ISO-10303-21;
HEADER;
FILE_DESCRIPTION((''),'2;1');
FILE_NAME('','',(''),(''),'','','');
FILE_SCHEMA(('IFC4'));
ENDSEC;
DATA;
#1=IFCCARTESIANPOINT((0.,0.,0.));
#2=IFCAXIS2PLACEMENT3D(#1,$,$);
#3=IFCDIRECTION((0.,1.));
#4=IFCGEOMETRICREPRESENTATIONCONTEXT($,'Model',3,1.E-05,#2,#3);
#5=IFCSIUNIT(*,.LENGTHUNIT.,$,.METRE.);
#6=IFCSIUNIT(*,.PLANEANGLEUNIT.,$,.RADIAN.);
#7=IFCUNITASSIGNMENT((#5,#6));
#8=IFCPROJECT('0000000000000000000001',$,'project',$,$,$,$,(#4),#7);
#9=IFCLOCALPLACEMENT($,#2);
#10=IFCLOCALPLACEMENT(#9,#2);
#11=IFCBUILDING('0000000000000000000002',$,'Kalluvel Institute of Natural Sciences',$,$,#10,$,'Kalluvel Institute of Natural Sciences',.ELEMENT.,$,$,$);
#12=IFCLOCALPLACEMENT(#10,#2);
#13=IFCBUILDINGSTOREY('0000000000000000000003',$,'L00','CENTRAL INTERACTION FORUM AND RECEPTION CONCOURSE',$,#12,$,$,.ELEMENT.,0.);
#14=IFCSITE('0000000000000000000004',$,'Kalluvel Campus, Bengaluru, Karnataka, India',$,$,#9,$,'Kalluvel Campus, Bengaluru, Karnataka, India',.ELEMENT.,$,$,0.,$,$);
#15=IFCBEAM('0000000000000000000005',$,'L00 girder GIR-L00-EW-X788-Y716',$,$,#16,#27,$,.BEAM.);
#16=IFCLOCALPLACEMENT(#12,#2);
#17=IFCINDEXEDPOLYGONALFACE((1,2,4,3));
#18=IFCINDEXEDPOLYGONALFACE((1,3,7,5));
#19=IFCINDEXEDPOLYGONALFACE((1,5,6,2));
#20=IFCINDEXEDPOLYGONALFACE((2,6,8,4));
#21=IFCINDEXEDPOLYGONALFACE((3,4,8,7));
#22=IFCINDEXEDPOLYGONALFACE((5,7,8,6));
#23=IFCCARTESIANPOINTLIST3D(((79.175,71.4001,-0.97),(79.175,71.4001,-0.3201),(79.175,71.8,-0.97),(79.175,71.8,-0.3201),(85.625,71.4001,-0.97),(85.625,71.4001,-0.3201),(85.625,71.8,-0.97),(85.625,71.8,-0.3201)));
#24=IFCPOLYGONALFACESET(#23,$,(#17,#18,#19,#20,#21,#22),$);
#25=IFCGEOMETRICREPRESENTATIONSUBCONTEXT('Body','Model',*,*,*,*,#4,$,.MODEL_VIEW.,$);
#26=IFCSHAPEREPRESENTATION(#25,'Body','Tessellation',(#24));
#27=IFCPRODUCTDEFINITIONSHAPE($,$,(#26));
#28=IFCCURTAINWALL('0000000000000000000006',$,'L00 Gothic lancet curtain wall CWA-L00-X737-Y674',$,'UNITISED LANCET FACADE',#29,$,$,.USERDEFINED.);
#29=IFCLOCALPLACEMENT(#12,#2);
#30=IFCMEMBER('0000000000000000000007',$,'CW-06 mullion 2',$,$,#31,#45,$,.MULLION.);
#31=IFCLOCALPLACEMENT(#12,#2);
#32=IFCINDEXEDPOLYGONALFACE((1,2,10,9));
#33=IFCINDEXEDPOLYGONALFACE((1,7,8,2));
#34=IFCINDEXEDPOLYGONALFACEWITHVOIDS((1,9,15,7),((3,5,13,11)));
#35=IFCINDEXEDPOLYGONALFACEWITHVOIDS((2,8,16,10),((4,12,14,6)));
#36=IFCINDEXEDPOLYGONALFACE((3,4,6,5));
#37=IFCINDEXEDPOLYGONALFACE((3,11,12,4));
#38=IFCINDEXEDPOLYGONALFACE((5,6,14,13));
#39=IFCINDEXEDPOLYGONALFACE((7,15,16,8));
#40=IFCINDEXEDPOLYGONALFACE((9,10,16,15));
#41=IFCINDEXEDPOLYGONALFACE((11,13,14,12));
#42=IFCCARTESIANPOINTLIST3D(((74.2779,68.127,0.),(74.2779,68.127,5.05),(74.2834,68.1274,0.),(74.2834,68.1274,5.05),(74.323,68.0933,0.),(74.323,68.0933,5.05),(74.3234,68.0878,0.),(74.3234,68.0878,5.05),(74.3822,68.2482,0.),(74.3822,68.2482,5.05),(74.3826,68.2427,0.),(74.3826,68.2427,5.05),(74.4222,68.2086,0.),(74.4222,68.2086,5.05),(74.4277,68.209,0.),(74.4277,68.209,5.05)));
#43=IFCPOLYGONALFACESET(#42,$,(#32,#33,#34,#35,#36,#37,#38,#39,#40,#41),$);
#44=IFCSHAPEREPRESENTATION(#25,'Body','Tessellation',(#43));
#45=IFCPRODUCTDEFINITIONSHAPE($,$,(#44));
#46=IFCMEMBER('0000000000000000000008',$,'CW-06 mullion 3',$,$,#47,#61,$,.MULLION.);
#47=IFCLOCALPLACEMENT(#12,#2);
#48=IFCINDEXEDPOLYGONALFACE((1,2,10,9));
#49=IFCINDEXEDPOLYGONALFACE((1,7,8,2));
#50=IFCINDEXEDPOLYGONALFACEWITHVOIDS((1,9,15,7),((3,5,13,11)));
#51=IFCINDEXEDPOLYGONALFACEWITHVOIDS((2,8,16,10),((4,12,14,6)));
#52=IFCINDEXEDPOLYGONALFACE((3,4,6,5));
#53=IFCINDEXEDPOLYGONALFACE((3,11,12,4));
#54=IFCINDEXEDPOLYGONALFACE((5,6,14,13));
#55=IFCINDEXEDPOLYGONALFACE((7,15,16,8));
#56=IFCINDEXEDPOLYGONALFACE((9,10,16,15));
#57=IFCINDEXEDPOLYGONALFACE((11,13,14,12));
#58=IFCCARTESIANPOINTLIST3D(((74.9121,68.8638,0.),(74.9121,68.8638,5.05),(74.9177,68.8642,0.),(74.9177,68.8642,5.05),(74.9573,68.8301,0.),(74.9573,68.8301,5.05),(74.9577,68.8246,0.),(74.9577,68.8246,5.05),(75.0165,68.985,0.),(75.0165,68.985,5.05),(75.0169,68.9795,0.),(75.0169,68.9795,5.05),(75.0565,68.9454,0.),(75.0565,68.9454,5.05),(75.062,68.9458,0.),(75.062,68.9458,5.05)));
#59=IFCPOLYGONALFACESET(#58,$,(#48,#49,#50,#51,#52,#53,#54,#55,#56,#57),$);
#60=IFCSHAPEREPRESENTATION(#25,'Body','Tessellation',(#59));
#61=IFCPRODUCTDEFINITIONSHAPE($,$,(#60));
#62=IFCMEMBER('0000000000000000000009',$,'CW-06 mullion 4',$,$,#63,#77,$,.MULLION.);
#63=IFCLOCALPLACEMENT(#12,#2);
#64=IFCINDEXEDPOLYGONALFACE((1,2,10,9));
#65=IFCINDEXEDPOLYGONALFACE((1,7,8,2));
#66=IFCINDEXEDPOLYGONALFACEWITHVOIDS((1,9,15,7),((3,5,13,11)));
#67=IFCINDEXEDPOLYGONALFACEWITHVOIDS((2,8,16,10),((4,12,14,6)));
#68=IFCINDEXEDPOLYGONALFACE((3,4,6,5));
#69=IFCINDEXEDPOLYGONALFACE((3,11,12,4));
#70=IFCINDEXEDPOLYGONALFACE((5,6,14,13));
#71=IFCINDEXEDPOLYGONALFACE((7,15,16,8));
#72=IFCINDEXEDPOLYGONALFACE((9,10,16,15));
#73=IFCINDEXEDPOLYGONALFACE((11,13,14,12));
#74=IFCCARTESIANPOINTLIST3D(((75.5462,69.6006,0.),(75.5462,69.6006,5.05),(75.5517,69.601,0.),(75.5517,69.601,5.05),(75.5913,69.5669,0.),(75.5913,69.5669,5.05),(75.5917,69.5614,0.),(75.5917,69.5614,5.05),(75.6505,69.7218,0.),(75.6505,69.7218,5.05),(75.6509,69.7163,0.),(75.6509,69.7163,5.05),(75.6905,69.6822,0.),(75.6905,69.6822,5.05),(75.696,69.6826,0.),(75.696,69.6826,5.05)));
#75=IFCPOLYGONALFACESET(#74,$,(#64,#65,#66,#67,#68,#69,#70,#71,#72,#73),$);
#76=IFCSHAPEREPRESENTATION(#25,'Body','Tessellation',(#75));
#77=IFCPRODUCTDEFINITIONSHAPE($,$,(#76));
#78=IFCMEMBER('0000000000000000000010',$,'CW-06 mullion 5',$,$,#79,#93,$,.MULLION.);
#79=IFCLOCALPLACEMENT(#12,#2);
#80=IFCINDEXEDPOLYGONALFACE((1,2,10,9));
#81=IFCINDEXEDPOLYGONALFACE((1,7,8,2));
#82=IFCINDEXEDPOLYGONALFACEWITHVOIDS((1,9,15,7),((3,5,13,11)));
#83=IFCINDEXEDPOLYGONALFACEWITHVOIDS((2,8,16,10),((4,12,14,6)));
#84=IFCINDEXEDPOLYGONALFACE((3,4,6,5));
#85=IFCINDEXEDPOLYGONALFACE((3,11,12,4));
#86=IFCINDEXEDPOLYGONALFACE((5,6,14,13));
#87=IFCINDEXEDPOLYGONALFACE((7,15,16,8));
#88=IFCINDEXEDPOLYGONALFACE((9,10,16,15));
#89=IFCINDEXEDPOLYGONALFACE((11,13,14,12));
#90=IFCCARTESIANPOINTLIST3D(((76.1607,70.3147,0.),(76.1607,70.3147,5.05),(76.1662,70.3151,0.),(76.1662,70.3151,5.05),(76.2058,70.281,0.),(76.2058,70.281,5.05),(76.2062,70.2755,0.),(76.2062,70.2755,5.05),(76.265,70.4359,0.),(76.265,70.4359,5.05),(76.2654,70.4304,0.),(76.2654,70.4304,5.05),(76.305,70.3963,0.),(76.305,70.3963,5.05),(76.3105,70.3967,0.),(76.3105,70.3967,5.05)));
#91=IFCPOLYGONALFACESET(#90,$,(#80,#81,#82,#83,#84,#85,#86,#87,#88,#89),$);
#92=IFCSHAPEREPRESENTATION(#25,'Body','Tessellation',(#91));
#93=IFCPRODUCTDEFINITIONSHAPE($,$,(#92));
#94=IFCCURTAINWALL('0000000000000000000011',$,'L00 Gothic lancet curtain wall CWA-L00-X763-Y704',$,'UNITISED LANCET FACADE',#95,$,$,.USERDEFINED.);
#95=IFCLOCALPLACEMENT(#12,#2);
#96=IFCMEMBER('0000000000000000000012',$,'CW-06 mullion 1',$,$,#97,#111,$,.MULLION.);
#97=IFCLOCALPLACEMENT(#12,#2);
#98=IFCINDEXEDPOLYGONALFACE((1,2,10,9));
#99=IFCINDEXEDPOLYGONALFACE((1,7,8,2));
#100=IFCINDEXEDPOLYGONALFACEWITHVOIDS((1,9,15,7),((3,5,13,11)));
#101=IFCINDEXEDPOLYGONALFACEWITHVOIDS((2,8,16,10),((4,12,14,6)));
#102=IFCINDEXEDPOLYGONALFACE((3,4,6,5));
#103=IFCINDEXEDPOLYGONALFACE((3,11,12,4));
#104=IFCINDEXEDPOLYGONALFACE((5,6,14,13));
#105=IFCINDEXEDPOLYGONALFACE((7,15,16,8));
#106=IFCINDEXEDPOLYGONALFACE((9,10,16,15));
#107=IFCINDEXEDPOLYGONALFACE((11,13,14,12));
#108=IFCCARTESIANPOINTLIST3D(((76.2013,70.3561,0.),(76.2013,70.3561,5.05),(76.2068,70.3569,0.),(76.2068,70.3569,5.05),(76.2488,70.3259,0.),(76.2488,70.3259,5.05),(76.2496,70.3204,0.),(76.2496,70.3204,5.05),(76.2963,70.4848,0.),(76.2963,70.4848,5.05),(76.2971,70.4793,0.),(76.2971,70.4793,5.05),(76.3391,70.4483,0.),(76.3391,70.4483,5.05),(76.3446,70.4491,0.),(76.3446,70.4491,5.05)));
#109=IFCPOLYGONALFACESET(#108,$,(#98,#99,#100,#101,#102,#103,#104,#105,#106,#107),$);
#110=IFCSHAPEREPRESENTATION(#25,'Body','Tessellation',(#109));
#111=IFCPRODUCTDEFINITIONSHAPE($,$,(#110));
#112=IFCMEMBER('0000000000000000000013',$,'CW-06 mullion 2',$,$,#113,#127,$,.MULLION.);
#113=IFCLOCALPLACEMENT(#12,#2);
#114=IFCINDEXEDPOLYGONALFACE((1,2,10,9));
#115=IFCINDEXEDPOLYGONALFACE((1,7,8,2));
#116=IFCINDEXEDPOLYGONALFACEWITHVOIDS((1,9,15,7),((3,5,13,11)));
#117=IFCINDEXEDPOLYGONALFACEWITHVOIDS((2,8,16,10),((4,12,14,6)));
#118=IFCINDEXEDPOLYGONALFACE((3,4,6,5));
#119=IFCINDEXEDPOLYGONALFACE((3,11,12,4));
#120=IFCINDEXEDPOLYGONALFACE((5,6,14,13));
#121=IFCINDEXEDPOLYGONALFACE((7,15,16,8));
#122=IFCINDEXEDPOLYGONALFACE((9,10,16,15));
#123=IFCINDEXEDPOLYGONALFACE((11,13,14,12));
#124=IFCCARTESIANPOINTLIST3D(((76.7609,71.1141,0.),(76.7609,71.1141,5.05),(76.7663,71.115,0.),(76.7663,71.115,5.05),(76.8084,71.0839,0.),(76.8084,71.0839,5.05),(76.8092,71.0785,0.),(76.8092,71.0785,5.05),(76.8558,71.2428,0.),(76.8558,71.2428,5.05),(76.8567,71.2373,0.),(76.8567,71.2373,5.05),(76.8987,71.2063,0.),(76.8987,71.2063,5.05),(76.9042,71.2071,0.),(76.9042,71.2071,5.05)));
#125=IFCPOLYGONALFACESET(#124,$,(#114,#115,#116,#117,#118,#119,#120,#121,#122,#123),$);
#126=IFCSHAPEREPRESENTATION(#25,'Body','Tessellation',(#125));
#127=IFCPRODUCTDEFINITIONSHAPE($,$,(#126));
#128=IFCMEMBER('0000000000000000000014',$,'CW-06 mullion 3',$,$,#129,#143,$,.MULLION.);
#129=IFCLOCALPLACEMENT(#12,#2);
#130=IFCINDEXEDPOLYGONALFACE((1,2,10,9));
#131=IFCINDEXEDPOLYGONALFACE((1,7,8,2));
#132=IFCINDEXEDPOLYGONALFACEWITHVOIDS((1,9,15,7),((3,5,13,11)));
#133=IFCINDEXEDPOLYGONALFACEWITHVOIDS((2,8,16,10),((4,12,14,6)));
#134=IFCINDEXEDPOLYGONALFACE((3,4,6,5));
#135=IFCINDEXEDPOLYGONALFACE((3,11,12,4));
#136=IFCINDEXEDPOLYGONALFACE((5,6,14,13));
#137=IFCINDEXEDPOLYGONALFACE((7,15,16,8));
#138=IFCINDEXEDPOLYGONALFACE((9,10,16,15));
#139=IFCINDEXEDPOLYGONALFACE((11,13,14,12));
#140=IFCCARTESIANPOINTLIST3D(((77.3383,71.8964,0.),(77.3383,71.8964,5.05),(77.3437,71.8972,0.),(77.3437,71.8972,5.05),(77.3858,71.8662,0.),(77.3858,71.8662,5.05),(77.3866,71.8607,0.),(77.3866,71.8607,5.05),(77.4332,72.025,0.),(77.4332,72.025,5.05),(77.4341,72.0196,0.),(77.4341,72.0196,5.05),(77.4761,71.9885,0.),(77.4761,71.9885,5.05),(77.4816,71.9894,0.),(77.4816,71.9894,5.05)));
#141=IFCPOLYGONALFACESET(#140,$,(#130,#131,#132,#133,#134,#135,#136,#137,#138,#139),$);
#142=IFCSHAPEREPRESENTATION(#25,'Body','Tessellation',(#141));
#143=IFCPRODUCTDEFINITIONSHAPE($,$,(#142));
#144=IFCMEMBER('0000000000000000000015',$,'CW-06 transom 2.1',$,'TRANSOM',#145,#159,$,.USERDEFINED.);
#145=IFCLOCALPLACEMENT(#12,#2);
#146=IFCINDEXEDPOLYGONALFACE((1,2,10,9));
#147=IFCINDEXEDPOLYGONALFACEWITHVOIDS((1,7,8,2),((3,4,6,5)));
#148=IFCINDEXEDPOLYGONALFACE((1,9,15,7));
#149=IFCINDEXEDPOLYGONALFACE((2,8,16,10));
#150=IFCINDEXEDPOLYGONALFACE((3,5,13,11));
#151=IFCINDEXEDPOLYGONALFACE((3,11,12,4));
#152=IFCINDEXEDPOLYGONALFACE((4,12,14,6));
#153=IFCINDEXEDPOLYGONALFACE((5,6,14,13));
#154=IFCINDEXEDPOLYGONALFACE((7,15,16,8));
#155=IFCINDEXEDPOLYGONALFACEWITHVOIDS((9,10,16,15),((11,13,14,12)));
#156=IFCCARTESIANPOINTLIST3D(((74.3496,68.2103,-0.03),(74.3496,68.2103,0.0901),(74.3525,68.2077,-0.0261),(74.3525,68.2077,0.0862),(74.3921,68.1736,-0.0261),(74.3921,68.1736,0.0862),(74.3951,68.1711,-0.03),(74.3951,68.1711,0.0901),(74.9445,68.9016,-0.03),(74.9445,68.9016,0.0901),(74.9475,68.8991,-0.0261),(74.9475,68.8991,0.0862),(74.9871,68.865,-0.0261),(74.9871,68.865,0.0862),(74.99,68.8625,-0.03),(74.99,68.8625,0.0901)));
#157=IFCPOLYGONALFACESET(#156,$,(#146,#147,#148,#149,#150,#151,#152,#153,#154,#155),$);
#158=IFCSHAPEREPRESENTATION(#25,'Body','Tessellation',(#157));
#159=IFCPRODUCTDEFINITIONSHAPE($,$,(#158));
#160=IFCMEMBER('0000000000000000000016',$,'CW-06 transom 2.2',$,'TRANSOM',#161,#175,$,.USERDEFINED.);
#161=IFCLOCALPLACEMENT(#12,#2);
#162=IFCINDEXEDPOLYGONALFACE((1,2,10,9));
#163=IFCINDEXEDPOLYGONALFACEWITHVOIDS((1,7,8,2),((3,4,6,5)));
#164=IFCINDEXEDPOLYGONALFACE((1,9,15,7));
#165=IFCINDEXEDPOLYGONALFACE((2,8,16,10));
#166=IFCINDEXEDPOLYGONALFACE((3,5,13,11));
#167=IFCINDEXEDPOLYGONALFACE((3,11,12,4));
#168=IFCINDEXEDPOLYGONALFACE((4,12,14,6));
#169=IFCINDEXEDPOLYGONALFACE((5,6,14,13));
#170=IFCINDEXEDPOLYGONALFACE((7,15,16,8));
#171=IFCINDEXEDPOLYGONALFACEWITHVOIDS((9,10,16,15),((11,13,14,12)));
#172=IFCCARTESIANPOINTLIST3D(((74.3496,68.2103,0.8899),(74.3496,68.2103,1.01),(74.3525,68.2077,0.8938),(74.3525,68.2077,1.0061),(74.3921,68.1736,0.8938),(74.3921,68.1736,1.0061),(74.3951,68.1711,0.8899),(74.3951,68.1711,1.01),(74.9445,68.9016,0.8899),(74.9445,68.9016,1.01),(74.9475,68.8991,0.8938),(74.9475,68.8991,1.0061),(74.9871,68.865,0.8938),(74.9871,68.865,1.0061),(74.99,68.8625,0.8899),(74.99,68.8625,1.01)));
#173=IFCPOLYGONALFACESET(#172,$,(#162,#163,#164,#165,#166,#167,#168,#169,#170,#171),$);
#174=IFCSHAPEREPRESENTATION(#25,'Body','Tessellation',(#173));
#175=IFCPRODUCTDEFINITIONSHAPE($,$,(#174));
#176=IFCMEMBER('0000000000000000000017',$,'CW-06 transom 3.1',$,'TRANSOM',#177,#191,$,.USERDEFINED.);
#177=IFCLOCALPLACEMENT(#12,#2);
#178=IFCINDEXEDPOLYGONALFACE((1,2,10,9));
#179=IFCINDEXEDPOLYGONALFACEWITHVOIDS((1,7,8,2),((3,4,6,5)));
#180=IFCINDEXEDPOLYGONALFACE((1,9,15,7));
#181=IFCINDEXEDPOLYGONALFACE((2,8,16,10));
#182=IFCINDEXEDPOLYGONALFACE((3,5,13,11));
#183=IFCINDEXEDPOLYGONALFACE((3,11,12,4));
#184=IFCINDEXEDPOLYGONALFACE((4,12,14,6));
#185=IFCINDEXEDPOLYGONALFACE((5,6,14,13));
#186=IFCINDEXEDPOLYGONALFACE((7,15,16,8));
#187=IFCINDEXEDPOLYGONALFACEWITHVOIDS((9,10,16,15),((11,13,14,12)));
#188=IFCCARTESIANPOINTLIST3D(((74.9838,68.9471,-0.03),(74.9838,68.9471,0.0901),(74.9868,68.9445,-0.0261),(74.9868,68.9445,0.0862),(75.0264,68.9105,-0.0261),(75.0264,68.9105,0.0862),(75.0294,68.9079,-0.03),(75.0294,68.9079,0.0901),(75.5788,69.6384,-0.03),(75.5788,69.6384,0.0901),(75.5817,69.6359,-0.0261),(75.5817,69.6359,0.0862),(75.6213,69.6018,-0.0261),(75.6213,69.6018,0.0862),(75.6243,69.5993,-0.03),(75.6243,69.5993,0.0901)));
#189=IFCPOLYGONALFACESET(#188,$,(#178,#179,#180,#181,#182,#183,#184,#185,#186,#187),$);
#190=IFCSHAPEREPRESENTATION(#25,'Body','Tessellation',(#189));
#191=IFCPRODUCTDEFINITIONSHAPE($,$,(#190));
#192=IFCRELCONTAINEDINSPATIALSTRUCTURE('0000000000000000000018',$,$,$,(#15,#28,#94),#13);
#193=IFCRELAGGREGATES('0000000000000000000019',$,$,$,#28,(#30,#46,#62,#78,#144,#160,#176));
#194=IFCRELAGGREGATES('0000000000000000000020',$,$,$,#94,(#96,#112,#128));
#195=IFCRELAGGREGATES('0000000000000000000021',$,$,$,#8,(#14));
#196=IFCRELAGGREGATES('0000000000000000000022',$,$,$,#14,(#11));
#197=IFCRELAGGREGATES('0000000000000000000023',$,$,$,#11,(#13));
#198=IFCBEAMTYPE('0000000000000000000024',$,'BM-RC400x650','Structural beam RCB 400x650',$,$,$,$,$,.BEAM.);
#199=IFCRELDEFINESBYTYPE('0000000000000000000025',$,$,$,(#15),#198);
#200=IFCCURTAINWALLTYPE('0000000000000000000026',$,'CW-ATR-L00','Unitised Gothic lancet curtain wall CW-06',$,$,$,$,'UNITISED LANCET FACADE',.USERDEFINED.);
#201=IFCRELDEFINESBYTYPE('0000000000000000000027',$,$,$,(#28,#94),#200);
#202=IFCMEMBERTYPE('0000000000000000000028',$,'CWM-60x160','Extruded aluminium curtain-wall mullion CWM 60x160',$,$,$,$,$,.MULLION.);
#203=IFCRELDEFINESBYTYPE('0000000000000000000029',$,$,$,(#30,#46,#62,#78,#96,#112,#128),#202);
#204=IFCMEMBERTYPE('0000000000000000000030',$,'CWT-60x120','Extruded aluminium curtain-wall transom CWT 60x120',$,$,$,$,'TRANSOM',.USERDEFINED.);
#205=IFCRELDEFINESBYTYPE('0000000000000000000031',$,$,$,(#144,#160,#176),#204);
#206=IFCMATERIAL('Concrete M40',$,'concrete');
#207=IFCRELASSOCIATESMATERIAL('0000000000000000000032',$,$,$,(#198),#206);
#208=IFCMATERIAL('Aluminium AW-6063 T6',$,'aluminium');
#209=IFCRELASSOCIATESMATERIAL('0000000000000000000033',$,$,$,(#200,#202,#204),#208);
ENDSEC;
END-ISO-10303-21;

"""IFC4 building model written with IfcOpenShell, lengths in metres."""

from ifc_helpers import new_model, si_unit, direction, frame, origin, origin_2d, place, context, subcontext, project, spatial, rectangle, hollow_rectangle, extrude, material, material_profile, profile_set, type_object, element, aggregate, save


model = new_model("IFC4")

# Units and contexts
model_context = context("Model", 3, precision=1e-05, world=origin(), true_north=direction((0.0, 1.0)))
body_context = subcontext(model_context, "Body", "Model", "MODEL_VIEW")
ifc_project = project(units=[si_unit("LENGTHUNIT", "METRE"), si_unit("PLANEANGLEUNIT", "RADIAN")], contexts=[model_context])

# Site, building, storey
site_placement = place(None, origin())
site = spatial("IfcSite", under=ifc_project, at=site_placement, Name="Kalluvel Campus, Bengaluru, Karnataka, India", LongName="Kalluvel Campus, Bengaluru, Karnataka, India", CompositionType="ELEMENT", RefElevation=0.0)
building_placement = place(site_placement, origin())
building = spatial("IfcBuilding", under=site, at=building_placement, Name="Kalluvel Institute of Natural Sciences", LongName="Kalluvel Institute of Natural Sciences", CompositionType="ELEMENT")
storey_placement = place(building_placement, origin())
storey = spatial("IfcBuildingStorey", under=building, at=storey_placement, Name="L00", Description="CENTRAL INTERACTION FORUM AND RECEPTION CONCOURSE", CompositionType="ELEMENT", Elevation=0.0)

# Beam
ifc_material_1 = material(Name="Concrete M40", Category="concrete")
ifc_material_profile_1 = material_profile(ifc_material_1, rectangle(XDim=0.3999, YDim=0.6499, at=origin_2d()), Name="RCB 400x650")
ifc_profile_set_1 = profile_set([ifc_material_profile_1], Name="Concrete M40")
beam_type = type_object("IfcBeamType", Name="BM-RC400x650", Description="Structural beam RCB 400x650", PredefinedType="BEAM", material=ifc_profile_set_1)
beam_placement = place(storey_placement, frame((79.175, 71.6001, -0.645), z_axis=(1.0, 0.0, 0.0), x_axis=(0.0, 1.0, 0.0)))
element("IfcBeam", 1, at=beam_placement, inside=storey, type_object=beam_type, Name="L00 girder GIR-L00-EW-X788-Y716", PredefinedType="BEAM", context=body_context, shape_type="SweptSolid", body=[
    extrude(rectangle(XDim=0.3999, YDim=0.6499, at=origin_2d()), origin(), (0.0, 0.0, 1.0), 6.45),
])

# Curtain walls, members
ifc_material_2 = material(Name="Aluminium AW-6063 T6", Category="aluminium")
curtain_wall_type = type_object("IfcCurtainWallType", Name="CW-ATR-L00", Description="Unitised Gothic lancet curtain wall CW-06", ElementType="UNITISED LANCET FACADE", PredefinedType="USERDEFINED", material=ifc_material_2)
curtain_wall_1_placement = place(storey_placement, origin())
curtain_wall_1 = element("IfcCurtainWall", 2, at=curtain_wall_1_placement, inside=storey, type_object=curtain_wall_type, Name="L00 Gothic lancet curtain wall CWA-L00-X737-Y674", ObjectType="UNITISED LANCET FACADE", PredefinedType="USERDEFINED")
ifc_material_profile_2 = material_profile(ifc_material_2, hollow_rectangle(XDim=0.0601, YDim=0.1599, WallThickness=0.0039, at=origin_2d()), Name="CWM 60x160")
ifc_profile_set_2 = profile_set([ifc_material_profile_2], Name="Aluminium AW-6063 T6")
member_type_1 = type_object("IfcMemberType", Name="CWM-60x160", Description="Extruded aluminium curtain-wall mullion CWM 60x160", PredefinedType="MULLION", material=ifc_profile_set_2)
member_1_placement = place(storey_placement, frame((74.3528, 68.168, 0.0), z_axis=(0.0, 0.0, 1.0), x_axis=(-0.757975, 0.652283, 0.0)))
member_1 = element("IfcMember", 3, at=member_1_placement, type_object=member_type_1, Name="CW-06 mullion 2", PredefinedType="MULLION", context=body_context, shape_type="SweptSolid", body=[
    extrude(hollow_rectangle(XDim=0.0601, YDim=0.1599, WallThickness=0.0039, at=origin_2d()), origin(), (0.0, 0.0, 1.0), 5.05),
])
member_2_placement = place(storey_placement, frame((74.9871, 68.9048, 0.0), z_axis=(0.0, 0.0, 1.0), x_axis=(-0.757975, 0.652283, 0.0)))
member_2 = element("IfcMember", 4, at=member_2_placement, type_object=member_type_1, Name="CW-06 mullion 3", PredefinedType="MULLION", context=body_context, shape_type="SweptSolid", body=[
    extrude(hollow_rectangle(XDim=0.0601, YDim=0.1599, WallThickness=0.0039, at=origin_2d()), origin(), (0.0, 0.0, 1.0), 5.05),
])
member_3_placement = place(storey_placement, frame((75.6211, 69.6416, 0.0), z_axis=(0.0, 0.0, 1.0), x_axis=(-0.757975, 0.652283, 0.0)))
member_3 = element("IfcMember", 5, at=member_3_placement, type_object=member_type_1, Name="CW-06 mullion 4", PredefinedType="MULLION", context=body_context, shape_type="SweptSolid", body=[
    extrude(hollow_rectangle(XDim=0.0601, YDim=0.1599, WallThickness=0.0039, at=origin_2d()), origin(), (0.0, 0.0, 1.0), 5.05),
])
member_4_placement = place(storey_placement, frame((76.2356, 70.3557, 0.0), z_axis=(0.0, 0.0, 1.0), x_axis=(-0.757975, 0.652283, 0.0)))
member_4 = element("IfcMember", 6, at=member_4_placement, type_object=member_type_1, Name="CW-06 mullion 5", PredefinedType="MULLION", context=body_context, shape_type="SweptSolid", body=[
    extrude(hollow_rectangle(XDim=0.0601, YDim=0.1599, WallThickness=0.0039, at=origin_2d()), origin(), (0.0, 0.0, 1.0), 5.05),
])
curtain_wall_2_placement = place(storey_placement, origin())
curtain_wall_2 = element("IfcCurtainWall", 7, at=curtain_wall_2_placement, inside=storey, type_object=curtain_wall_type, Name="L00 Gothic lancet curtain wall CWA-L00-X763-Y704", ObjectType="UNITISED LANCET FACADE", PredefinedType="USERDEFINED")
member_5_placement = place(storey_placement, frame((76.2729, 70.4026, 0.0), z_axis=(0.0, 0.0, 1.0), x_axis=(-0.804602, 0.593815, 0.0)))
member_5 = element("IfcMember", 8, at=member_5_placement, type_object=member_type_1, Name="CW-06 mullion 1", PredefinedType="MULLION", context=body_context, shape_type="SweptSolid", body=[
    extrude(hollow_rectangle(XDim=0.0601, YDim=0.1599, WallThickness=0.0039, at=origin_2d()), origin(), (0.0, 0.0, 1.0), 5.05),
])
member_6_placement = place(storey_placement, frame((76.8325, 71.1606, 0.0), z_axis=(0.0, 0.0, 1.0), x_axis=(-0.804602, 0.593815, 0.0)))
member_6 = element("IfcMember", 9, at=member_6_placement, type_object=member_type_1, Name="CW-06 mullion 2", PredefinedType="MULLION", context=body_context, shape_type="SweptSolid", body=[
    extrude(hollow_rectangle(XDim=0.0601, YDim=0.1599, WallThickness=0.0039, at=origin_2d()), origin(), (0.0, 0.0, 1.0), 5.05),
])
member_7_placement = place(storey_placement, frame((77.4099, 71.9429, 0.0), z_axis=(0.0, 0.0, 1.0), x_axis=(-0.804602, 0.593815, 0.0)))
member_7 = element("IfcMember", 10, at=member_7_placement, type_object=member_type_1, Name="CW-06 mullion 3", PredefinedType="MULLION", context=body_context, shape_type="SweptSolid", body=[
    extrude(hollow_rectangle(XDim=0.0601, YDim=0.1599, WallThickness=0.0039, at=origin_2d()), origin(), (0.0, 0.0, 1.0), 5.05),
])

# Members
ifc_material_profile_3 = material_profile(ifc_material_2, hollow_rectangle(XDim=0.0601, YDim=0.1201, WallThickness=0.0039, at=origin_2d()), Name="CWT 60x120")
ifc_profile_set_3 = profile_set([ifc_material_profile_3], Name="Aluminium AW-6063 T6")
member_type_2 = type_object("IfcMemberType", Name="CWT-60x120", Description="Extruded aluminium curtain-wall transom CWT 60x120", ElementType="TRANSOM", PredefinedType="USERDEFINED", material=ifc_profile_set_3)
member_8_placement = place(storey_placement, frame((74.3723, 68.1907, 0.03), z_axis=(0.652267, 0.757989, 0.0), x_axis=(-0.757989, 0.652267, 0.0)))
member_8 = element("IfcMember", 11, at=member_8_placement, type_object=member_type_2, Name="CW-06 transom 2.1", ObjectType="TRANSOM", PredefinedType="USERDEFINED", context=body_context, shape_type="SweptSolid", body=[
    extrude(hollow_rectangle(XDim=0.0601, YDim=0.1201, WallThickness=0.0039, at=origin_2d()), origin(), (0.0, 0.0, 1.0), 0.9121),
])
member_9_placement = place(storey_placement, frame((74.3723, 68.1907, 0.95), z_axis=(0.652267, 0.757989, 0.0), x_axis=(-0.757989, 0.652267, 0.0)))
member_9 = element("IfcMember", 12, at=member_9_placement, type_object=member_type_2, Name="CW-06 transom 2.2", ObjectType="TRANSOM", PredefinedType="USERDEFINED", context=body_context, shape_type="SweptSolid", body=[
    extrude(hollow_rectangle(XDim=0.0601, YDim=0.1201, WallThickness=0.0039, at=origin_2d()), origin(), (0.0, 0.0, 1.0), 0.9121),
])
member_10_placement = place(storey_placement, frame((75.0066, 68.9275, 0.03), z_axis=(0.652267, 0.757989, 0.0), x_axis=(-0.757989, 0.652267, 0.0)))
member_10 = element("IfcMember", 13, at=member_10_placement, type_object=member_type_2, Name="CW-06 transom 3.1", ObjectType="TRANSOM", PredefinedType="USERDEFINED", context=body_context, shape_type="SweptSolid", body=[
    extrude(hollow_rectangle(XDim=0.0601, YDim=0.1201, WallThickness=0.0039, at=origin_2d()), origin(), (0.0, 0.0, 1.0), 0.9121),
])

aggregate(curtain_wall_1, [member_1, member_2, member_3, member_4, member_8, member_9, member_10])
aggregate(curtain_wall_2, [member_5, member_6, member_7])

save(model, "model.ifc")
